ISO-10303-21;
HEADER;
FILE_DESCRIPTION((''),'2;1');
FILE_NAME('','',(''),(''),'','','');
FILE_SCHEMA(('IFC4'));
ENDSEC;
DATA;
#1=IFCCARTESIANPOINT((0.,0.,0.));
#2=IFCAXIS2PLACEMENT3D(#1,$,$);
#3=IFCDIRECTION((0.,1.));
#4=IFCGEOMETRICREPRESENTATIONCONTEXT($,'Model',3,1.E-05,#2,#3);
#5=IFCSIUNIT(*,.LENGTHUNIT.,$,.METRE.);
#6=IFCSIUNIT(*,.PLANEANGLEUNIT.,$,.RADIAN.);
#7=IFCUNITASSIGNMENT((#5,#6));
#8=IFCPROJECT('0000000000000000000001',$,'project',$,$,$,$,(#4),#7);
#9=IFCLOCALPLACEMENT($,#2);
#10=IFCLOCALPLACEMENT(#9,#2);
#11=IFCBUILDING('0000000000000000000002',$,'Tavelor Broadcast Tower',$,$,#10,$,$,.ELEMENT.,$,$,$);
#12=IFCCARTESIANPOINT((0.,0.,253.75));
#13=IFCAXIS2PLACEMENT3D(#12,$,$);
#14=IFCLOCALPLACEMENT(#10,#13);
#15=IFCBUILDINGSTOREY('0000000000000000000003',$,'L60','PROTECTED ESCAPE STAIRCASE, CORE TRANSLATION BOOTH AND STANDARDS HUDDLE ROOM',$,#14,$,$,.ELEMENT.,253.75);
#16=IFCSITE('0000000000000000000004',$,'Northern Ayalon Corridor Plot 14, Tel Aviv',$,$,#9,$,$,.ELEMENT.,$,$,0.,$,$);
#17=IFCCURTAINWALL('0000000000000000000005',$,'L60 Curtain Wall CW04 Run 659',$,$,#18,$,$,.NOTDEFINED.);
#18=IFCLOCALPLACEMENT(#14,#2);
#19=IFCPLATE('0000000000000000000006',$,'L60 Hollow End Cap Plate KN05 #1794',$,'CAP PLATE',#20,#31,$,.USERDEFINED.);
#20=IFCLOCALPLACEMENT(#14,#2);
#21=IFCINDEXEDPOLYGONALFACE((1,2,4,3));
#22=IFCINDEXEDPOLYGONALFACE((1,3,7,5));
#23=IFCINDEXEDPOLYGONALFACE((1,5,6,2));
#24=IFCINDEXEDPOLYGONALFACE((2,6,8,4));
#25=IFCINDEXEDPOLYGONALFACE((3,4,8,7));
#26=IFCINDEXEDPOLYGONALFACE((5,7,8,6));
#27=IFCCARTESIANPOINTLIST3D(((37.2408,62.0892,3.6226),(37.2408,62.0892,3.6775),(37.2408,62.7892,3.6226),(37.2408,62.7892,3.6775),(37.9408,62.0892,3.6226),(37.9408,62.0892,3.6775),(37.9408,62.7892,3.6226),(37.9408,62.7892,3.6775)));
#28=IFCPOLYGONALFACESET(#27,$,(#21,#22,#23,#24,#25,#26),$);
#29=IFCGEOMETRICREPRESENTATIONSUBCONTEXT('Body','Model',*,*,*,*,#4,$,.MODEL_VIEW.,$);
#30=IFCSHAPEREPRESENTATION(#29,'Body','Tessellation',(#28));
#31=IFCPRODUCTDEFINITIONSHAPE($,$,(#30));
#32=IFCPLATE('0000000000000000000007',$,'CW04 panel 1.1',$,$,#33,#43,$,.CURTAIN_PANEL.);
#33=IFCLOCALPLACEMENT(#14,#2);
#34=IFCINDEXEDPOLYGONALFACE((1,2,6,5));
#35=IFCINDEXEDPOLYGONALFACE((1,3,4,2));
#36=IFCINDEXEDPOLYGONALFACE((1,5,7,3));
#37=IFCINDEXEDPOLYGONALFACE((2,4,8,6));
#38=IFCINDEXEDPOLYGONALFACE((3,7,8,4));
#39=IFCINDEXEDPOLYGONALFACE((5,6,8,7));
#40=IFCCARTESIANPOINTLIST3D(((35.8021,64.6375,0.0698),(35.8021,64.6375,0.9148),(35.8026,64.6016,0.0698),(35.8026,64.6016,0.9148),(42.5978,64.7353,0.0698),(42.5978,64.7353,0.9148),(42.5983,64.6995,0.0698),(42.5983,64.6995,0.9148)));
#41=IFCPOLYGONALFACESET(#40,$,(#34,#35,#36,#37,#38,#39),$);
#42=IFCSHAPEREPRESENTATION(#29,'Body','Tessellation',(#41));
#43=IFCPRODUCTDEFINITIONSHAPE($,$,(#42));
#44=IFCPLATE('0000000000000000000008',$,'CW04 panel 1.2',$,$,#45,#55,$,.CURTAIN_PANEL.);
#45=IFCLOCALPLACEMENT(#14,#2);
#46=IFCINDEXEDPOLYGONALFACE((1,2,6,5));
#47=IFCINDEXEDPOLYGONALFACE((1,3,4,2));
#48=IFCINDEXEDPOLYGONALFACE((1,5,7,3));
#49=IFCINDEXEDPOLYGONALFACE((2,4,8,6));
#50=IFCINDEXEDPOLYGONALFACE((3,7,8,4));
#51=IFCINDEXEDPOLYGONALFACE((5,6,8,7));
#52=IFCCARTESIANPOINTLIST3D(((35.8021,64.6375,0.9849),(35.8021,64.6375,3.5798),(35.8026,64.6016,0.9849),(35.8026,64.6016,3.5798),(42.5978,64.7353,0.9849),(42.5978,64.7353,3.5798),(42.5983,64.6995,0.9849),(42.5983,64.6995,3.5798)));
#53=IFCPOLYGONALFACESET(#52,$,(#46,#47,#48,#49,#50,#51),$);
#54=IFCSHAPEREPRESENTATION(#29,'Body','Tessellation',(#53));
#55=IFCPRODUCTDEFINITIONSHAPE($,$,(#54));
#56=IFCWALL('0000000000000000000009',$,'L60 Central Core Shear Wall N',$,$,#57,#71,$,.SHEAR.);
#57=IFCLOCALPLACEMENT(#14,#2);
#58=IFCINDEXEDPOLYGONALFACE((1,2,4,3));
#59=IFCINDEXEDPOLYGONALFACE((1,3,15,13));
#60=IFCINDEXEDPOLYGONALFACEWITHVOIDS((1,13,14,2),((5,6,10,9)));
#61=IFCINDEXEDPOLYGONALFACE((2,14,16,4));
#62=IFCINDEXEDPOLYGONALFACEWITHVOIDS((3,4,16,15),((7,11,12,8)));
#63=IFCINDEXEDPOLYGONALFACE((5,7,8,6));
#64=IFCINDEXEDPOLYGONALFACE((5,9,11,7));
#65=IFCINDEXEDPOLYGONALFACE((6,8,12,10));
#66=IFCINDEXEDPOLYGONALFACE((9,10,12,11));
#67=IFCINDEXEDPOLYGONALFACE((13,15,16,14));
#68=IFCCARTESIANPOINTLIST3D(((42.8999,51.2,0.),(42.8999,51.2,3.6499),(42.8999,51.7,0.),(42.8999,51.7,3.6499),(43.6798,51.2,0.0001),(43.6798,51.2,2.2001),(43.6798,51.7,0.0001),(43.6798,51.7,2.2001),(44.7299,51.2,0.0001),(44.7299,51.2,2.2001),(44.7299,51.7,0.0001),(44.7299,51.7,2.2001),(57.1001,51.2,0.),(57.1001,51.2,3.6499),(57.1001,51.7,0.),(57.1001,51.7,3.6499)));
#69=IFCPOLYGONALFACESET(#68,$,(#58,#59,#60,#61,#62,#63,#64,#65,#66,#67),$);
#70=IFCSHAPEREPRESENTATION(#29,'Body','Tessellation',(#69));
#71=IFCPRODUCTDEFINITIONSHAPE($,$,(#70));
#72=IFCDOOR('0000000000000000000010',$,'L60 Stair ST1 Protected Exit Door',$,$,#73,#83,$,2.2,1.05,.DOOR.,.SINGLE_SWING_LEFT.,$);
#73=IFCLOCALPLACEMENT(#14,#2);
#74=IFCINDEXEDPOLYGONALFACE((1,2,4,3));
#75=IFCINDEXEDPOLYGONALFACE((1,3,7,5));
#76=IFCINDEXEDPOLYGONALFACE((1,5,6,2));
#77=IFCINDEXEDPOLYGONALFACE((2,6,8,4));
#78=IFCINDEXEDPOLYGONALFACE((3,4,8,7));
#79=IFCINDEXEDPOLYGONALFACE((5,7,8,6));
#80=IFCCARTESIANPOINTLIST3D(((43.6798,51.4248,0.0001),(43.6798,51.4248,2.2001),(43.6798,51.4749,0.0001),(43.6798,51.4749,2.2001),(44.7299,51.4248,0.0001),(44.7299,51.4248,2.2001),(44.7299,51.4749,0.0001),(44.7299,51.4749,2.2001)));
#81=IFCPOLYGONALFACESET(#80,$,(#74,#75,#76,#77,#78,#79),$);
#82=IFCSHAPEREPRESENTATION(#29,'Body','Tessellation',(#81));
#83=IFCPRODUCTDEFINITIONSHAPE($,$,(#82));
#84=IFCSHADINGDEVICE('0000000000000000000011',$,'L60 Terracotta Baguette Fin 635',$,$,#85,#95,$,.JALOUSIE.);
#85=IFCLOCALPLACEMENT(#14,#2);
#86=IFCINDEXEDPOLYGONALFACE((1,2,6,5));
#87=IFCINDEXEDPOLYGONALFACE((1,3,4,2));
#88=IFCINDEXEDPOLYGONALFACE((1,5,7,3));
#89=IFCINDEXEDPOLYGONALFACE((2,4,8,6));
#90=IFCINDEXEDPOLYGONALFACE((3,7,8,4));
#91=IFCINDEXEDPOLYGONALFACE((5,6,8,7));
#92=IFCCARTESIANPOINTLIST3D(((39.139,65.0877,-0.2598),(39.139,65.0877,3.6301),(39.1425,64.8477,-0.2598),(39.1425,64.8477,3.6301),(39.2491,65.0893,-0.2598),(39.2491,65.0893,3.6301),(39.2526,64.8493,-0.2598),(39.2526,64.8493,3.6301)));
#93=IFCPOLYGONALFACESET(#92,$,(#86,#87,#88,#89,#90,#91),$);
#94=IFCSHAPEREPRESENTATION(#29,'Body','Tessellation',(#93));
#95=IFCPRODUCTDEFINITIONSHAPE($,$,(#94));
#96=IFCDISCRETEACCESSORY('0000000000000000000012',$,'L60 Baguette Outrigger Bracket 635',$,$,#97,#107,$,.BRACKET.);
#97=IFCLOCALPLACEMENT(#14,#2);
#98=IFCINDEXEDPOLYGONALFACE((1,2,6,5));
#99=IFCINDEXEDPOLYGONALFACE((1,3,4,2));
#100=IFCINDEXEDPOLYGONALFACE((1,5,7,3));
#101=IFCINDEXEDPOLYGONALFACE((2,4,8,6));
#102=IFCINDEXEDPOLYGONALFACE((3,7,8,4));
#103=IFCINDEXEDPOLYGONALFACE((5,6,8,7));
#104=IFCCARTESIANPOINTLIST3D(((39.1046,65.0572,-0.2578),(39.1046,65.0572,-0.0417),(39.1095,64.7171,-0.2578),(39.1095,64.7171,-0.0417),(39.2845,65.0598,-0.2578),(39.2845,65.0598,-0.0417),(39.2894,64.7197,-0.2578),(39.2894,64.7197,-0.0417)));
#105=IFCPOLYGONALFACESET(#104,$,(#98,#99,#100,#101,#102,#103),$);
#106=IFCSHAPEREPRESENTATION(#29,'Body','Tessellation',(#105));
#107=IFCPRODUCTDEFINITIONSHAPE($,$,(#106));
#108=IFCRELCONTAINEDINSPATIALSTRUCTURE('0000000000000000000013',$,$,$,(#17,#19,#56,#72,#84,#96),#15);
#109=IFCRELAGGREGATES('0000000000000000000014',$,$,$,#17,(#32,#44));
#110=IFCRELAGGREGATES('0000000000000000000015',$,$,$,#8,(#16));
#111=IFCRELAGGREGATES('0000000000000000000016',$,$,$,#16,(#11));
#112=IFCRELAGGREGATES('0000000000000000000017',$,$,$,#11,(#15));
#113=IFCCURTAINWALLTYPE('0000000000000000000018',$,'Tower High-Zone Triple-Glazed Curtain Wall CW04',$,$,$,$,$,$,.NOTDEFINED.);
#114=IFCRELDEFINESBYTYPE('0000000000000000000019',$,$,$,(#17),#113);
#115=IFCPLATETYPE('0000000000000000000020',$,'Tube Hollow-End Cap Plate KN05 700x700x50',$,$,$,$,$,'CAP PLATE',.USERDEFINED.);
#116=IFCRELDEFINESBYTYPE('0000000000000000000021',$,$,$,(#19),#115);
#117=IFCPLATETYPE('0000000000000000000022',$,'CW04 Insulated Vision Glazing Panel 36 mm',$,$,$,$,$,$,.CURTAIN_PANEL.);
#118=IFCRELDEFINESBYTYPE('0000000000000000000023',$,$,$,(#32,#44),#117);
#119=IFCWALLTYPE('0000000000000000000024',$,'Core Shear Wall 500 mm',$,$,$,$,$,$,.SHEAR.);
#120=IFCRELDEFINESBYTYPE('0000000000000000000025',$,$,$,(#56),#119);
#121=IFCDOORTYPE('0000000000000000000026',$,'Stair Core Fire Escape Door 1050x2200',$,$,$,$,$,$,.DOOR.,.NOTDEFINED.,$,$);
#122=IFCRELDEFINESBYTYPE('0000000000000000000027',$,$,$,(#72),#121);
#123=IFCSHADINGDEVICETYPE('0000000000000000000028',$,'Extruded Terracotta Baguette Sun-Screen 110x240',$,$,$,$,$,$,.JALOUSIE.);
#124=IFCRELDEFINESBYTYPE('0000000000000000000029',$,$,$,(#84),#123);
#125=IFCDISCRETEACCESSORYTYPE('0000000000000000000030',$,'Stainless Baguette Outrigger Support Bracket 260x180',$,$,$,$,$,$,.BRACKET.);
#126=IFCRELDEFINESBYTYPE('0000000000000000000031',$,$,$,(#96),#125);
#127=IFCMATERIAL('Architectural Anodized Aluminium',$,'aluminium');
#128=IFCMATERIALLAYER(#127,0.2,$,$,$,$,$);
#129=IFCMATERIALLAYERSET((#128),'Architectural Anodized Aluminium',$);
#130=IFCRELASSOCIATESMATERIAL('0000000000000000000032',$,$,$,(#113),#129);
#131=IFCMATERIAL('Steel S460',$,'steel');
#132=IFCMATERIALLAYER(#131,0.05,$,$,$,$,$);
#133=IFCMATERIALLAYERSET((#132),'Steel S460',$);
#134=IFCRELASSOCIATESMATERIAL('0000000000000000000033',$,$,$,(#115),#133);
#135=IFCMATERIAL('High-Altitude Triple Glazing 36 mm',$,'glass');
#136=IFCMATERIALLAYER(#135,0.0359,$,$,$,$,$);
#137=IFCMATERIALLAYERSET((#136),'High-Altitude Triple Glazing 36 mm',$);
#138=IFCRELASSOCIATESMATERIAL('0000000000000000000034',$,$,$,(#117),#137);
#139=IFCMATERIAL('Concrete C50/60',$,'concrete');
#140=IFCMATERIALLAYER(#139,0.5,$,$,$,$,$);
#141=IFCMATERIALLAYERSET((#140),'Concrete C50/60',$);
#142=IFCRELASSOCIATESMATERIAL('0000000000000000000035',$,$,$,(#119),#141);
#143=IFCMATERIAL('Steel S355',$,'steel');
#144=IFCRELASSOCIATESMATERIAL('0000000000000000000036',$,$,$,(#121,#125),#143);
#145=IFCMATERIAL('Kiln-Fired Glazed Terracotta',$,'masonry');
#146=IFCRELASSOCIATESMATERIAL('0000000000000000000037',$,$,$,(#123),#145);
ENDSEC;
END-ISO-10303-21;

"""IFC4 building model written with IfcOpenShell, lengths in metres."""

from ifc_helpers import new_model, si_unit, direction, frame, frame_2d, origin, origin_2d, place, context, subcontext, project, spatial, rectangle, extrude, source, transform, mapped, material, layer, layer_set, type_object, type_shapes, element, fill, aggregate, save


model = new_model("IFC4")

# Units and contexts
model_context = context("Model", 3, precision=1e-05, world=origin(), true_north=direction((0.0, 1.0)))
body_context = subcontext(model_context, "Body", "Model", "MODEL_VIEW")
ifc_project = project(units=[si_unit("LENGTHUNIT", "METRE"), si_unit("PLANEANGLEUNIT", "RADIAN")], contexts=[model_context])

# Site, building, storey
site_placement = place(None, origin())
site = spatial("IfcSite", under=ifc_project, at=site_placement, Name="Northern Ayalon Corridor Plot 14, Tel Aviv", CompositionType="ELEMENT", RefElevation=0.0)
building_placement = place(site_placement, origin())
building = spatial("IfcBuilding", under=site, at=building_placement, Name="Tavelor Broadcast Tower", CompositionType="ELEMENT")
storey_placement = place(building_placement, frame((0.0, 0.0, 253.75)))
storey = spatial("IfcBuildingStorey", under=building, at=storey_placement, Name="L60", Description="PROTECTED ESCAPE STAIRCASE, CORE TRANSLATION BOOTH AND STANDARDS HUDDLE ROOM", CompositionType="ELEMENT", Elevation=253.75)

# Shared definitions
ifc_material_1 = material(Name="Steel S460", Category="steel")

# Shared definitions
ifc_material_2 = material(Name="Steel S355", Category="steel")

# Shared definitions
ifc_material_3 = material(Name="Architectural Anodized Aluminium", Category="aluminium")
ifc_layer_1 = layer(ifc_material_3, 0.2)
ifc_layer_set_1 = layer_set([ifc_layer_1], Name="Architectural Anodized Aluminium")
curtain_wall_type = type_object("IfcCurtainWallType", Name="Tower High-Zone Triple-Glazed Curtain Wall CW04", PredefinedType="NOTDEFINED", material=ifc_layer_set_1)

# Curtain wall
curtain_wall_1_placement = place(storey_placement, origin())
curtain_wall_1 = element("IfcCurtainWall", 1, at=curtain_wall_1_placement, inside=storey, type_object=curtain_wall_type, Name="L60 Curtain Wall CW04 Run 659", PredefinedType="NOTDEFINED")

# Plate
ifc_layer_2 = layer(ifc_material_1, 0.05)
ifc_layer_set_2 = layer_set([ifc_layer_2], Name="Steel S460")
plate_type_1 = type_object("IfcPlateType", Name="Tube Hollow-End Cap Plate KN05 700x700x50", ElementType="CAP PLATE", PredefinedType="USERDEFINED", material=ifc_layer_set_2)
shared_shape_1 = source(origin(), body_context, "Body", "SweptSolid", [
    extrude(rectangle(XDim=0.7, YDim=0.7, at=origin_2d()), origin(), (0.0, 0.0, 1.0), 0.0549),
])
type_shapes(plate_type_1, [shared_shape_1])
for number, where, z_axis, x_axis, name in (
    (2, (37.5908, 62.4392, 3.6226), (0.0, 0.0, 1.0), (1.0, 0.0, 0.0), "L60 Hollow End Cap Plate KN05 #1794"),
):
    element("IfcPlate", number, at=place(storey_placement, frame(where, z_axis=z_axis, x_axis=x_axis)), inside=storey, type_object=plate_type_1, Name=name, ObjectType="CAP PLATE", PredefinedType="USERDEFINED", context=body_context, shape_type="MappedRepresentation", body=[
        mapped(shared_shape_1, transform((0.0, 0.0, 0.0), scale=1.0)),
    ])

# Plates
ifc_material_4 = material(Name="High-Altitude Triple Glazing 36 mm", Category="glass")
ifc_layer_3 = layer(ifc_material_4, 0.0359)
ifc_layer_set_3 = layer_set([ifc_layer_3], Name="High-Altitude Triple Glazing 36 mm")
plate_type_2 = type_object("IfcPlateType", Name="CW04 Insulated Vision Glazing Panel 36 mm", PredefinedType="CURTAIN_PANEL", material=ifc_layer_set_3)
shared_shape_2 = source(origin(), body_context, "Body", "SweptSolid", [
    extrude(rectangle(XDim=6.7964, YDim=0.0359, at=origin_2d()), origin(), (0.0, 0.0, 1.0), 0.845),
])
plate_1_placement = place(storey_placement, frame((39.2002, 64.6685, 0.0698), z_axis=(0.0, 0.0, 1.0), x_axis=(-0.999896, -0.014402, 0.0)))
plate_1 = element("IfcPlate", 3, at=plate_1_placement, type_object=plate_type_2, Name="CW04 panel 1.1", PredefinedType="CURTAIN_PANEL", context=body_context, shape_type="MappedRepresentation", body=[
    mapped(shared_shape_2, transform((0.0, 0.0, 0.0), scale=1.0)),
])
shared_shape_3 = source(origin(), body_context, "Body", "SweptSolid", [
    extrude(rectangle(XDim=6.7964, YDim=0.0359, at=origin_2d()), origin(), (0.0, 0.0, 1.0), 2.595),
])
type_shapes(plate_type_2, [shared_shape_2, shared_shape_3])
plate_2_placement = place(storey_placement, frame((39.2002, 64.6685, 0.9849), z_axis=(0.0, 0.0, 1.0), x_axis=(-0.999896, -0.014402, 0.0)))
plate_2 = element("IfcPlate", 4, at=plate_2_placement, type_object=plate_type_2, Name="CW04 panel 1.2", PredefinedType="CURTAIN_PANEL", context=body_context, shape_type="MappedRepresentation", body=[
    mapped(shared_shape_3, transform((0.0, 0.0, 0.0), scale=1.0)),
])
aggregate(curtain_wall_1, [plate_1, plate_2])

# Wall, opening, door
ifc_material_5 = material(Name="Concrete C50/60", Category="concrete")
ifc_layer_4 = layer(ifc_material_5, 0.5)
ifc_layer_set_4 = layer_set([ifc_layer_4], Name="Concrete C50/60")
wall_type = type_object("IfcWallType", Name="Core Shear Wall 500 mm", PredefinedType="SHEAR", material=ifc_layer_set_4)
wall_placement = place(storey_placement, frame((42.8999, 51.45, 0.0), z_axis=(0.0, 0.0, 1.0), x_axis=(1.0, 0.0, 0.0)))
wall = element("IfcWall", 5, at=wall_placement, inside=storey, type_object=wall_type, Name="L60 Central Core Shear Wall N", PredefinedType="SHEAR", context=body_context, shape_type="SweptSolid", body=[
    extrude(rectangle(XDim=14.2002, YDim=0.5, at=frame_2d((7.1001, 0.0))), origin(), (0.0, 0.0, 1.0), 3.6499),
])
opening_placement = place(wall_placement, frame((0.78, 0.0, 0.0)))
opening = element("IfcOpeningElement", 6, at=opening_placement, cuts=wall, PredefinedType="OPENING", context=body_context, shape_type="SweptSolid", body=[
    extrude(rectangle(XDim=1.05, YDim=2.2, at=frame_2d((0.5249, 1.1001))), frame((0.0, 0.26, 0.0), z_axis=(0.0, -1.0, 0.0), x_axis=(1.0, 0.0, 0.0)), (0.0, 0.0, 1.0), 0.52),
])
door_type = type_object("IfcDoorType", Name="Stair Core Fire Escape Door 1050x2200", OperationType="NOTDEFINED", PredefinedType="DOOR", material=ifc_material_2)
door_placement = place(opening_placement, origin())
door = element("IfcDoor", 7, at=door_placement, inside=storey, type_object=door_type, Name="L60 Stair ST1 Protected Exit Door", OperationType="SINGLE_SWING_LEFT", OverallHeight=2.2, OverallWidth=1.05, PredefinedType="DOOR", context=body_context, shape_type="SweptSolid", body=[
    extrude(rectangle(XDim=1.05, YDim=2.2, at=frame_2d((0.5249, 1.1001))), frame((0.0, 0.0249, 0.0), z_axis=(0.0, -1.0, 0.0), x_axis=(1.0, 0.0, 0.0)), (0.0, 0.0, 1.0), 0.05),
])
fill(opening, door)

# Shading device
ifc_material_6 = material(Name="Kiln-Fired Glazed Terracotta", Category="masonry")
shading_device_type = type_object("IfcShadingDeviceType", Name="Extruded Terracotta Baguette Sun-Screen 110x240", PredefinedType="JALOUSIE", material=ifc_material_6)
shared_shape_4 = source(origin(), body_context, "Body", "SweptSolid", [
    extrude(rectangle(XDim=0.1101, YDim=0.24, at=origin_2d()), origin(), (0.0, 0.0, 1.0), 3.8899),
])
type_shapes(shading_device_type, [shared_shape_4])
shading_device_placement = place(storey_placement, frame((39.1958, 64.9685, -0.2598), z_axis=(0.0, 0.0, 1.0), x_axis=(-0.999895, -0.014486, 0.0)))
element("IfcShadingDevice", 8, at=shading_device_placement, inside=storey, type_object=shading_device_type, Name="L60 Terracotta Baguette Fin 635", PredefinedType="JALOUSIE", context=body_context, shape_type="MappedRepresentation", body=[
    mapped(shared_shape_4, transform((0.0, 0.0, 0.0), scale=1.0)),
])

# Discrete accessory
discrete_accessory_type = type_object("IfcDiscreteAccessoryType", Name="Stainless Baguette Outrigger Support Bracket 260x180", PredefinedType="BRACKET", material=ifc_material_2)
shared_shape_5 = source(origin(), body_context, "Body", "SweptSolid", [
    extrude(rectangle(XDim=0.1799, YDim=0.3401, at=origin_2d()), origin(), (0.0, 0.0, 1.0), 0.2161),
])
type_shapes(discrete_accessory_type, [shared_shape_5])
discrete_accessory_placement = place(storey_placement, frame((39.197, 64.8884, -0.2578), z_axis=(0.0, 0.0, 1.0), x_axis=(-0.999895, -0.014486, 0.0)))
element("IfcDiscreteAccessory", 9, at=discrete_accessory_placement, inside=storey, type_object=discrete_accessory_type, Name="L60 Baguette Outrigger Bracket 635", PredefinedType="BRACKET", context=body_context, shape_type="MappedRepresentation", body=[
    mapped(shared_shape_5, transform((0.0, 0.0, 0.0), scale=1.0)),
])

save(model, "model.ifc")
